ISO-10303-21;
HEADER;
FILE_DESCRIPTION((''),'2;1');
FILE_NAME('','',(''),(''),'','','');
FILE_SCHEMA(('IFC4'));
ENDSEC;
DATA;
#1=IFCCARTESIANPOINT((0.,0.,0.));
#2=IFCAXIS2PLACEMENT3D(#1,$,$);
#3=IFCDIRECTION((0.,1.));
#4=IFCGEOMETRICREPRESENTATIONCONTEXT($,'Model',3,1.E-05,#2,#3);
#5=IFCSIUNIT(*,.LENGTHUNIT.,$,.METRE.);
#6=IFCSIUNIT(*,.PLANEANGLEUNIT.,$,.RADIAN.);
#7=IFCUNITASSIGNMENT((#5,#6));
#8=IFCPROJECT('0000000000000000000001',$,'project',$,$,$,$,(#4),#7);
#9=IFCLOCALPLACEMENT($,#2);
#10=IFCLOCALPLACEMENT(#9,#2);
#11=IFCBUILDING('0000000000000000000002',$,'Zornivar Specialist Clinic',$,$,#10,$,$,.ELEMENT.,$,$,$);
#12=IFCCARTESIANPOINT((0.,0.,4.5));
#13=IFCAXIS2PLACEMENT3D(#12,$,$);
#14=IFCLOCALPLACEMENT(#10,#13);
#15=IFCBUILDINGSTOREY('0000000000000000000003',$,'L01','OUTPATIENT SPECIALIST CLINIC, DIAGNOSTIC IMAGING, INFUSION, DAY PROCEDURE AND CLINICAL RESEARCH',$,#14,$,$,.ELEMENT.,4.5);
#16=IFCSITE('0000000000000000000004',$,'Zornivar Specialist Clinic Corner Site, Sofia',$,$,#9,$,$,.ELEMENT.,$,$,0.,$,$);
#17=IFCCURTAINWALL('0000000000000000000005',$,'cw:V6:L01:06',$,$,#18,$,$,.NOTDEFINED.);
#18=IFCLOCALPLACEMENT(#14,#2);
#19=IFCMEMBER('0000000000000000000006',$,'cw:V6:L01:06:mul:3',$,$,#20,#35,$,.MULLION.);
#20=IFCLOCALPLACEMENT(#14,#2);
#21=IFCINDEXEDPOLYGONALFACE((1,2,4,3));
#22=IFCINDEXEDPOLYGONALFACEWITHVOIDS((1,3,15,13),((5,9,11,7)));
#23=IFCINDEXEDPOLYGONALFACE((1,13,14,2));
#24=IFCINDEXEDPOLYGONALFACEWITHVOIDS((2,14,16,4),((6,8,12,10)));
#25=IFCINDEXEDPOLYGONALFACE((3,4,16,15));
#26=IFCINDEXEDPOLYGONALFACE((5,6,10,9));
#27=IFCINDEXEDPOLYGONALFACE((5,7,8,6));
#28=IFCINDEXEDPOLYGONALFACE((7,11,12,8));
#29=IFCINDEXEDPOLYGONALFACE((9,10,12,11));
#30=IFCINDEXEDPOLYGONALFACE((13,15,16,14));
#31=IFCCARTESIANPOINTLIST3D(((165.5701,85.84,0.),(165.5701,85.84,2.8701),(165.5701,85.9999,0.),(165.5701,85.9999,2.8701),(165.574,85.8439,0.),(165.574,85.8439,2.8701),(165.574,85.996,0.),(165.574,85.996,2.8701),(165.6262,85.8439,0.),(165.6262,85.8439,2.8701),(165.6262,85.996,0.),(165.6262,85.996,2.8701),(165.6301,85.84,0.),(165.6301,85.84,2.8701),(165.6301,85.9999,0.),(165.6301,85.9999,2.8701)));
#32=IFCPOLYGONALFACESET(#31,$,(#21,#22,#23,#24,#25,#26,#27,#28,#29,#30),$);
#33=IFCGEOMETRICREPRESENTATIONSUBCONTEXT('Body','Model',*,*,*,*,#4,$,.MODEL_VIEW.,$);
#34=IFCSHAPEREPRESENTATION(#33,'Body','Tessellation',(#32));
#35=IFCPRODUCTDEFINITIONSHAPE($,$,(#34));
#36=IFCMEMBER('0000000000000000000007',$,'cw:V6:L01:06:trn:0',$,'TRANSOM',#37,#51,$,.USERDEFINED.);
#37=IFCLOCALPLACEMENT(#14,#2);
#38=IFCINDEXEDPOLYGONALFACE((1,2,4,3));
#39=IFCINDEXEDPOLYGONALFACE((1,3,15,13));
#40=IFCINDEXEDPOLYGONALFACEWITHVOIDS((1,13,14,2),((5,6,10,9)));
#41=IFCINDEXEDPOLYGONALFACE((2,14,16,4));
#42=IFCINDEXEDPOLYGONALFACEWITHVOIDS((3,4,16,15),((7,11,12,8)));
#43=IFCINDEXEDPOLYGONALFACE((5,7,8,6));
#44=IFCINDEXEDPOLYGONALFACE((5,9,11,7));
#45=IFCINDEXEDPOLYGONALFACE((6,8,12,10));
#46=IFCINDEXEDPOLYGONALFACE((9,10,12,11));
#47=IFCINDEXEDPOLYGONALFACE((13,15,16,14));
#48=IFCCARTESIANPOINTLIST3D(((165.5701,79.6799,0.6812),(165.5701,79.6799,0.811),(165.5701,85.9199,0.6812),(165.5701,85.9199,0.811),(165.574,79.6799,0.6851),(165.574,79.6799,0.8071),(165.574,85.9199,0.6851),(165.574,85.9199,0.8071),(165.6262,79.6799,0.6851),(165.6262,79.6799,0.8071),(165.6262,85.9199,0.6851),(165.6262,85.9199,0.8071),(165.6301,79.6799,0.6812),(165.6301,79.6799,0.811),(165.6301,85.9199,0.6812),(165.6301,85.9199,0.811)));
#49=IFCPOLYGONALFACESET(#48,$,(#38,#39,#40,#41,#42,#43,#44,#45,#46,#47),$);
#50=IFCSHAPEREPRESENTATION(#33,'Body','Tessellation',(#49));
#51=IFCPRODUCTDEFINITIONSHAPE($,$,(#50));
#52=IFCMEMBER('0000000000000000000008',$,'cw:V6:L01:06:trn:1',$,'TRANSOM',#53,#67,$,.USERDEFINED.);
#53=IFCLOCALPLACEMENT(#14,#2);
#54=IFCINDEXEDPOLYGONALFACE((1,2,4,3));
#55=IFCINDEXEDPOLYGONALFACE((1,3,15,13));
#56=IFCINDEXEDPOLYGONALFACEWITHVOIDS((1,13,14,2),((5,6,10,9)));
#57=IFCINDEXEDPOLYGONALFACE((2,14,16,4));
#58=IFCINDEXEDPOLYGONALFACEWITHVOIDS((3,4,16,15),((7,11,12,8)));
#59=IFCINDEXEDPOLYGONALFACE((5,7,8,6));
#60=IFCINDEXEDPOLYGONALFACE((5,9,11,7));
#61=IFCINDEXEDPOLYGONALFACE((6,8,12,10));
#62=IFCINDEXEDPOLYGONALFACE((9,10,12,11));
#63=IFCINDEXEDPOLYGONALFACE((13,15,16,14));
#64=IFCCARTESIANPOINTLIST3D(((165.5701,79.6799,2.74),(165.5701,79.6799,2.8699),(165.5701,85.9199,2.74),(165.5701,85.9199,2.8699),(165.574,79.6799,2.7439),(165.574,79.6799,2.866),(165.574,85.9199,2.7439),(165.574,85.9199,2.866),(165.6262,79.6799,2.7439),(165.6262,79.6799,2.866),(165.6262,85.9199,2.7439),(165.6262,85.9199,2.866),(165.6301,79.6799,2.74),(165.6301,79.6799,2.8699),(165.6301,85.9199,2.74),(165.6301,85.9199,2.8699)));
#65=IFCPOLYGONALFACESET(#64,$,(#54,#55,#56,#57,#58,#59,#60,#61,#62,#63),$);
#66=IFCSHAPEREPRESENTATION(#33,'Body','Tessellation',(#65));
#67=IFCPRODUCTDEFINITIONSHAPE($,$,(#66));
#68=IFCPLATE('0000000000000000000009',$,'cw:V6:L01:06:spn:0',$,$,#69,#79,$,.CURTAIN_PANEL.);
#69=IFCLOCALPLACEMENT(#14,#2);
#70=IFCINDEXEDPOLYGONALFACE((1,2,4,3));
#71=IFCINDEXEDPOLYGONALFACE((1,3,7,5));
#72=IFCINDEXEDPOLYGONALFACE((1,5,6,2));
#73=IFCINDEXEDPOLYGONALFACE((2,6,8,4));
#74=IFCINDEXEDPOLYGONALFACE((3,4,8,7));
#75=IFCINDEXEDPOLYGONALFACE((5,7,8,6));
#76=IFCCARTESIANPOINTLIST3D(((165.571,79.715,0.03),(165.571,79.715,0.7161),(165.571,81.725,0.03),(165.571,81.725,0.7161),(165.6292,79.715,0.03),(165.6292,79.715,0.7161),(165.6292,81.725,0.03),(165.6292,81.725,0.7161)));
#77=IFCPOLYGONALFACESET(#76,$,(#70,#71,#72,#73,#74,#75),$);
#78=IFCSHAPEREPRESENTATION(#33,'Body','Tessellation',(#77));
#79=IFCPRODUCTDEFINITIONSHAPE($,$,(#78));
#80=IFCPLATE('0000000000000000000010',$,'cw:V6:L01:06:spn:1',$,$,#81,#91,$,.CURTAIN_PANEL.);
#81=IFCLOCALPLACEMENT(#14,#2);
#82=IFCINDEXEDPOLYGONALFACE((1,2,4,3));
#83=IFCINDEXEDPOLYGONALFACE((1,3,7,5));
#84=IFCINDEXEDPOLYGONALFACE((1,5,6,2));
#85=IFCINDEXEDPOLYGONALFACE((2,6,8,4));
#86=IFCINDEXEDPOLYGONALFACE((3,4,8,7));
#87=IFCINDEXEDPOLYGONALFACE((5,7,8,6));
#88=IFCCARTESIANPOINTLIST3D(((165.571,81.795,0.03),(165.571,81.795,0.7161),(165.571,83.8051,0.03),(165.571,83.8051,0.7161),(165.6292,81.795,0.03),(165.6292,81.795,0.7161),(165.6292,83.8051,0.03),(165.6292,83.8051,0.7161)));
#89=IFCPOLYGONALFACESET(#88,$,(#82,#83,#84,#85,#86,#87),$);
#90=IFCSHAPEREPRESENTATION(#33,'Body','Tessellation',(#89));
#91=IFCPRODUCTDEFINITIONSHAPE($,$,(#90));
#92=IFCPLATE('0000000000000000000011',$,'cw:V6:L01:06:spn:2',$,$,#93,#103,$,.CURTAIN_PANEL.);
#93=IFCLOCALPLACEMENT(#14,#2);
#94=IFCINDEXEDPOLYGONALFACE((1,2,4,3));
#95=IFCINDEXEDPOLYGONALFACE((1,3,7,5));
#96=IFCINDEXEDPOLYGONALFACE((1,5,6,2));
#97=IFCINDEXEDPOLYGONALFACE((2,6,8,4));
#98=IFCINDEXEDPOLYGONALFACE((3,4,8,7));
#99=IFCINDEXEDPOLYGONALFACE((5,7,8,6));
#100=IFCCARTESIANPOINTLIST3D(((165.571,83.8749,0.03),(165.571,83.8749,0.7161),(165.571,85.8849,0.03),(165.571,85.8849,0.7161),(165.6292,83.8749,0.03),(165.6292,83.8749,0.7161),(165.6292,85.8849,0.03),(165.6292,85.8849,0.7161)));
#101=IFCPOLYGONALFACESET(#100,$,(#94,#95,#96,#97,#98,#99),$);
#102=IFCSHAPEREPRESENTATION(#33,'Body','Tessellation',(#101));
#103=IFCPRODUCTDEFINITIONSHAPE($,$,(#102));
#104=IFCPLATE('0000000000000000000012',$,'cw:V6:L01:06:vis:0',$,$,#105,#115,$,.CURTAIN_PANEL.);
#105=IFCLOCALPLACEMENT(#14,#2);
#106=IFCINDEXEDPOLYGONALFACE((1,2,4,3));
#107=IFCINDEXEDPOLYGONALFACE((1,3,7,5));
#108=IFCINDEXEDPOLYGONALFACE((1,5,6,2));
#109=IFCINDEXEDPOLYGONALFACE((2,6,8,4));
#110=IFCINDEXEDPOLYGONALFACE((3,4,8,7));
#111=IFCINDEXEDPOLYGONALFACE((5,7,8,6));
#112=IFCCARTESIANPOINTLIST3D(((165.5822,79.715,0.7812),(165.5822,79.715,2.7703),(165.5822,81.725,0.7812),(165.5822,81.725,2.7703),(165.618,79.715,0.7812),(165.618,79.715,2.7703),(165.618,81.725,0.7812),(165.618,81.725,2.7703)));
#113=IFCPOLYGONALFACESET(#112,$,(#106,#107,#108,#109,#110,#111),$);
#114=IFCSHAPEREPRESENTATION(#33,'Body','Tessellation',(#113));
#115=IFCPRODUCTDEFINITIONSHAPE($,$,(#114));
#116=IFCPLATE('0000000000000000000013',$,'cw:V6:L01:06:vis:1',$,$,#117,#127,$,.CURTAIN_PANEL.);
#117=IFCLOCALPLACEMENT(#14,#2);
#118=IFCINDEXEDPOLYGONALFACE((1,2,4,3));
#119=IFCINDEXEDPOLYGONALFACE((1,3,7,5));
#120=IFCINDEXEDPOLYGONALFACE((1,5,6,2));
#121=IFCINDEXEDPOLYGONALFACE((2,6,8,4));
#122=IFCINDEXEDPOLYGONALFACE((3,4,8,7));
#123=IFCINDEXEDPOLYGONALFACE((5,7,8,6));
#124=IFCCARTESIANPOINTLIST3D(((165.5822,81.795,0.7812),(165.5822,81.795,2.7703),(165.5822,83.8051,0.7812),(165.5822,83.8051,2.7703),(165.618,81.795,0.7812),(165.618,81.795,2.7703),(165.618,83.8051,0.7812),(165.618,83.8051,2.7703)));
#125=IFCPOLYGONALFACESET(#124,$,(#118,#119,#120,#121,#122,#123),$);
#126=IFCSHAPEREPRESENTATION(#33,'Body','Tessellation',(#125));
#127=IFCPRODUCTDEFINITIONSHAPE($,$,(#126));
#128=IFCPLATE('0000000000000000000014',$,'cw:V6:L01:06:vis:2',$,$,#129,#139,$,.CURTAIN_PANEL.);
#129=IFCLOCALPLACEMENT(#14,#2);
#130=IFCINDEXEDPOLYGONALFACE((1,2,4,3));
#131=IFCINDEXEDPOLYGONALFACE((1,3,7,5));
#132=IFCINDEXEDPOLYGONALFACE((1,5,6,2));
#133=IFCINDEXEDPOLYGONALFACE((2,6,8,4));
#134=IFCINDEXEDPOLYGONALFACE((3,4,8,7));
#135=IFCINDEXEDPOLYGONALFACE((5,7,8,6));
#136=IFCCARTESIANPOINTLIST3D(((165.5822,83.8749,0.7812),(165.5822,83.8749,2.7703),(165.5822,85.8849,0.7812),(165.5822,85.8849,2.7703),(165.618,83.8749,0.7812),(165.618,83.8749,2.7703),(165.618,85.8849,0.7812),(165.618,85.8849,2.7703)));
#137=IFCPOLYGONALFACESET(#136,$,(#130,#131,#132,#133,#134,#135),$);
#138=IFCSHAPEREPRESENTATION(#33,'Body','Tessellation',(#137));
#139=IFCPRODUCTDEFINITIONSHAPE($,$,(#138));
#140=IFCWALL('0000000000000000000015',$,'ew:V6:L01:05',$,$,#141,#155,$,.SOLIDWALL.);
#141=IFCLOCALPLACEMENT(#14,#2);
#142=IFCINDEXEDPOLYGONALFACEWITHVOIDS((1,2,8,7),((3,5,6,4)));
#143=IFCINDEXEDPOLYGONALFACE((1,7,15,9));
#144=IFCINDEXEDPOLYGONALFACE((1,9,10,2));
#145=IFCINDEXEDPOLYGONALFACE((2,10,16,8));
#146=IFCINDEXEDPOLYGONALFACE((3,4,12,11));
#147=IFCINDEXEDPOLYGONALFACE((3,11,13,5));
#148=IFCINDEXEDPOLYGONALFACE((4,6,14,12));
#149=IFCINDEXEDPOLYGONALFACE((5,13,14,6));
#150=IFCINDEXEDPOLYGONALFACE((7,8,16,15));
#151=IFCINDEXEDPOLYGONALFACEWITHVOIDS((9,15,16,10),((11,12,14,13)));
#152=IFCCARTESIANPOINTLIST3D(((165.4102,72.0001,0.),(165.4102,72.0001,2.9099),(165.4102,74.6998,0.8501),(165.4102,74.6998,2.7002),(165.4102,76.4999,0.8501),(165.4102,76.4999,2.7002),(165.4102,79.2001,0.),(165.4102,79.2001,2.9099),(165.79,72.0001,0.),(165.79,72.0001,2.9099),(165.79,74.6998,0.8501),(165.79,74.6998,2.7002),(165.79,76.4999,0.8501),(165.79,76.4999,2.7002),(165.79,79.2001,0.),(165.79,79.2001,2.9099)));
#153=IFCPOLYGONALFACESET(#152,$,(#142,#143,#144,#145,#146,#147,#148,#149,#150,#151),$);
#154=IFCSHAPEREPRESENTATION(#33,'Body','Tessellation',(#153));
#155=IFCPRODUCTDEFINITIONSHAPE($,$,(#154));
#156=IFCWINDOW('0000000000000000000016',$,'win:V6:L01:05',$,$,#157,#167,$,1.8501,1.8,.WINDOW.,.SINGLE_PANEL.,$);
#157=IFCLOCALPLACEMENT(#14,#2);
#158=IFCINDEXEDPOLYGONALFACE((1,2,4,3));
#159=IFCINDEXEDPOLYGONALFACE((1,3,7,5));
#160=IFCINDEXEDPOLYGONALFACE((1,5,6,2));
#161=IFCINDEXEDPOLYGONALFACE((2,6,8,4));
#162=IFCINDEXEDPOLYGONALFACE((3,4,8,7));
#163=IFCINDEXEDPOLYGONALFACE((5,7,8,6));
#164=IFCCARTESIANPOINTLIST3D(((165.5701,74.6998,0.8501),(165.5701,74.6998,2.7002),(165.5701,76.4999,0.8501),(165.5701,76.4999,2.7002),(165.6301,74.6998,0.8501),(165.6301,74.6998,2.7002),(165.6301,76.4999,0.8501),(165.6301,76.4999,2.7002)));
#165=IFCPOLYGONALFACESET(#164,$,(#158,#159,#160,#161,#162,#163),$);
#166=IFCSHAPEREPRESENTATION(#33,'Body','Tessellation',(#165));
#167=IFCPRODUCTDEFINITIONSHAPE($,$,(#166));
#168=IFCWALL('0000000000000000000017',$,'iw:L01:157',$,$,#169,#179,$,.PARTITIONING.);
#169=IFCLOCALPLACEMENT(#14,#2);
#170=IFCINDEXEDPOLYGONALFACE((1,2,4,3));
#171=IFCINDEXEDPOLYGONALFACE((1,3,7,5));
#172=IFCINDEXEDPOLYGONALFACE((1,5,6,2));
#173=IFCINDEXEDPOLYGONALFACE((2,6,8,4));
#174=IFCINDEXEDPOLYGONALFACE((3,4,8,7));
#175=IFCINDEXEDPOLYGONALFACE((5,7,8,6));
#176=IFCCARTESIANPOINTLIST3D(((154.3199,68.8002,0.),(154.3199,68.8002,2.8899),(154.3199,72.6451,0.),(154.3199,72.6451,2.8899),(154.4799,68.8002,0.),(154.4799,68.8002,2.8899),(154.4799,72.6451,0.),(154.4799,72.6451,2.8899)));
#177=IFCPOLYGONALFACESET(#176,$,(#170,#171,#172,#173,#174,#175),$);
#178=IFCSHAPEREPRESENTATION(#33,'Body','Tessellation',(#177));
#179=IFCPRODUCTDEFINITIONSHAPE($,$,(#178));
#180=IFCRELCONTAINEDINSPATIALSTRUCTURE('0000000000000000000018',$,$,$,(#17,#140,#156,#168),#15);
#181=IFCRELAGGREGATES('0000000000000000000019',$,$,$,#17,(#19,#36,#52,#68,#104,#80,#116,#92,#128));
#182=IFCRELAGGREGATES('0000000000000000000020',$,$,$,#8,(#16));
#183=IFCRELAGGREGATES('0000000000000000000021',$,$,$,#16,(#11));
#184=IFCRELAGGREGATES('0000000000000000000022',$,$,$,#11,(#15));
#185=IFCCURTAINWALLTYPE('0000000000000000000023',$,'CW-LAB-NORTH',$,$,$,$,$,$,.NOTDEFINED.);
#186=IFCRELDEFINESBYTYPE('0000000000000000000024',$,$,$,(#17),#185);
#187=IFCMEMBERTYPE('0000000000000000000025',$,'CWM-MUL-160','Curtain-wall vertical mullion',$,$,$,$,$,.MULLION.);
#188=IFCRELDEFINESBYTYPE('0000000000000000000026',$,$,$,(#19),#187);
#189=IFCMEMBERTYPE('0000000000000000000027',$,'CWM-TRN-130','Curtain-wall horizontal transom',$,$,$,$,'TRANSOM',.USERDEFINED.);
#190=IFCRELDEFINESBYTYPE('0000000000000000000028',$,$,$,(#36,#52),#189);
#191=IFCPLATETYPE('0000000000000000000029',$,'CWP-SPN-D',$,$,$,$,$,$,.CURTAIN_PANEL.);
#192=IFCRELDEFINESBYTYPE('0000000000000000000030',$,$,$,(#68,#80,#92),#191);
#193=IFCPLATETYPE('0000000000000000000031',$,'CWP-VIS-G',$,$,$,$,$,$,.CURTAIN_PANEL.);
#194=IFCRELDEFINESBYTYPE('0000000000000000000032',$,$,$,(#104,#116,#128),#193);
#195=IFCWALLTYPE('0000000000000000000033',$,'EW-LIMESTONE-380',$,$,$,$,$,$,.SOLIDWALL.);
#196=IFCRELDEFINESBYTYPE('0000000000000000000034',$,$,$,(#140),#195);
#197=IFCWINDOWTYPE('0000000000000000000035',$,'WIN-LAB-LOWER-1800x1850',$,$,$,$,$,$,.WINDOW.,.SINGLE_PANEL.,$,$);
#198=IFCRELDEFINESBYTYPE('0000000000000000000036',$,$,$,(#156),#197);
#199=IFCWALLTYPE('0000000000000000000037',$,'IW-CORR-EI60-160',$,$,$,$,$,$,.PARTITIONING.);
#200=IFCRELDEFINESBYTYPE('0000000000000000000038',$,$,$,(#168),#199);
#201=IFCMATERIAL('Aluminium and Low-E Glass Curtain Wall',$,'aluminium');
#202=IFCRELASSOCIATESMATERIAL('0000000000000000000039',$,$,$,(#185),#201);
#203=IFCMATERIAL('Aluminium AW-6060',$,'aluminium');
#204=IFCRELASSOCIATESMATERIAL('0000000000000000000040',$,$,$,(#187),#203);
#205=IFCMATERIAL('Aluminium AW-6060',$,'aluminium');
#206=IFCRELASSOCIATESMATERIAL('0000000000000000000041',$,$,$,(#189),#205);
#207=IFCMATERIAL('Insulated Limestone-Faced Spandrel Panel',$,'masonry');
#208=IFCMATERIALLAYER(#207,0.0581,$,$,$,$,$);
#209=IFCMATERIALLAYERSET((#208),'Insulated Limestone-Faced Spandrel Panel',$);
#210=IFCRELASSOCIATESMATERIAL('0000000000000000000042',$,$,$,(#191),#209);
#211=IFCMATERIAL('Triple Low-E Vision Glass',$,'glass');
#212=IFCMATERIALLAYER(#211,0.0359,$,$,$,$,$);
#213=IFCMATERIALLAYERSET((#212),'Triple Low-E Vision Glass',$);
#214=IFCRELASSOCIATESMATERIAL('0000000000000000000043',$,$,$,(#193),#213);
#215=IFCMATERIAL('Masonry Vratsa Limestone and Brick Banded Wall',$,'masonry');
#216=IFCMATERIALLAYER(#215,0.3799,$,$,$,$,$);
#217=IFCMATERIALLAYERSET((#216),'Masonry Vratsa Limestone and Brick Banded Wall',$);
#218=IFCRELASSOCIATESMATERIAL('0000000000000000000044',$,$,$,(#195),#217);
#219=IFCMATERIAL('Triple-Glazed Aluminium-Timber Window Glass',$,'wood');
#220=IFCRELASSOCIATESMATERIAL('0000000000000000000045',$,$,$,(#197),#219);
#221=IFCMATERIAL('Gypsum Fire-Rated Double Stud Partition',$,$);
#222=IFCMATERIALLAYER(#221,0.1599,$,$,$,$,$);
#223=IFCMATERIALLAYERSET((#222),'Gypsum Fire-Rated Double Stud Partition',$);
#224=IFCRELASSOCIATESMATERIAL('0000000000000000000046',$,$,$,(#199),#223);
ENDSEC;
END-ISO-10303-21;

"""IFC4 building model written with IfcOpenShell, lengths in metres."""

from ifc_helpers import new_model, si_unit, direction, frame, frame_2d, origin, origin_2d, place, context, subcontext, project, spatial, rectangle, hollow_rectangle, extrude, material, layer, layer_set, material_profile, profile_set, type_object, element, fill, aggregate, save


model = new_model("IFC4")

# Units and contexts
model_context = context("Model", 3, precision=1e-05, world=origin(), true_north=direction((0.0, 1.0)))
body_context = subcontext(model_context, "Body", "Model", "MODEL_VIEW")
ifc_project = project(units=[si_unit("LENGTHUNIT", "METRE"), si_unit("PLANEANGLEUNIT", "RADIAN")], contexts=[model_context])

# Site, building, storey
site_placement = place(None, origin())
site = spatial("IfcSite", under=ifc_project, at=site_placement, Name="Zornivar Specialist Clinic Corner Site, Sofia", CompositionType="ELEMENT", RefElevation=0.0)
building_placement = place(site_placement, origin())
building = spatial("IfcBuilding", under=site, at=building_placement, Name="Zornivar Specialist Clinic", CompositionType="ELEMENT")
storey_placement = place(building_placement, frame((0.0, 0.0, 4.5)))
storey = spatial("IfcBuildingStorey", under=building, at=storey_placement, Name="L01", Description="OUTPATIENT SPECIALIST CLINIC, DIAGNOSTIC IMAGING, INFUSION, DAY PROCEDURE AND CLINICAL RESEARCH", CompositionType="ELEMENT", Elevation=4.5)

# Curtain wall, members, plates
ifc_material_1 = material(Name="Aluminium and Low-E Glass Curtain Wall", Category="aluminium")
curtain_wall_type = type_object("IfcCurtainWallType", Name="CW-LAB-NORTH", PredefinedType="NOTDEFINED", material=ifc_material_1)
curtain_wall_placement = place(storey_placement, origin())
curtain_wall = element("IfcCurtainWall", 1, at=curtain_wall_placement, inside=storey, type_object=curtain_wall_type, Name="cw:V6:L01:06", PredefinedType="NOTDEFINED")
ifc_material_2 = material(Name="Aluminium AW-6060", Category="aluminium")
ifc_material_profile_1 = material_profile(ifc_material_2, hollow_rectangle(XDim=0.0601, YDim=0.1599, WallThickness=0.0039, at=origin_2d()), Name="ALU 60x160x4")
ifc_profile_set_1 = profile_set([ifc_material_profile_1], Name="Aluminium AW-6060")
member_type_1 = type_object("IfcMemberType", Name="CWM-MUL-160", Description="Curtain-wall vertical mullion", PredefinedType="MULLION", material=ifc_profile_set_1)
member_1_placement = place(storey_placement, frame((165.6001, 85.9199, 0.0), z_axis=(0.0, 0.0, 1.0), x_axis=(1.0, 0.0, 0.0)))
member_1 = element("IfcMember", 2, at=member_1_placement, type_object=member_type_1, Name="cw:V6:L01:06:mul:3", PredefinedType="MULLION", context=body_context, shape_type="SweptSolid", body=[
    extrude(hollow_rectangle(XDim=0.0601, YDim=0.1599, WallThickness=0.0039, at=origin_2d()), origin(), (0.0, 0.0, 1.0), 2.8701),
])
ifc_material_3 = material(Name="Aluminium AW-6060", Category="aluminium")
ifc_material_profile_2 = material_profile(ifc_material_3, hollow_rectangle(XDim=0.0601, YDim=0.1299, WallThickness=0.0039, at=origin_2d()), Name="ALU 60x130x4")
ifc_profile_set_2 = profile_set([ifc_material_profile_2], Name="Aluminium AW-6060")
member_type_2 = type_object("IfcMemberType", Name="CWM-TRN-130", Description="Curtain-wall horizontal transom", ElementType="TRANSOM", PredefinedType="USERDEFINED", material=ifc_profile_set_2)
member_2_placement = place(storey_placement, frame((165.6001, 79.6799, 0.7461), z_axis=(0.0, 1.0, 0.0), x_axis=(-1.0, 0.0, 0.0)))
member_2 = element("IfcMember", 3, at=member_2_placement, type_object=member_type_2, Name="cw:V6:L01:06:trn:0", ObjectType="TRANSOM", PredefinedType="USERDEFINED", context=body_context, shape_type="SweptSolid", body=[
    extrude(hollow_rectangle(XDim=0.0601, YDim=0.1299, WallThickness=0.0039, at=origin_2d()), origin(), (0.0, 0.0, 1.0), 6.24),
])
member_3_placement = place(storey_placement, frame((165.6001, 79.6799, 2.8049), z_axis=(0.0, 1.0, 0.0), x_axis=(-1.0, 0.0, 0.0)))
member_3 = element("IfcMember", 4, at=member_3_placement, type_object=member_type_2, Name="cw:V6:L01:06:trn:1", ObjectType="TRANSOM", PredefinedType="USERDEFINED", context=body_context, shape_type="SweptSolid", body=[
    extrude(hollow_rectangle(XDim=0.0601, YDim=0.1299, WallThickness=0.0039, at=origin_2d()), origin(), (0.0, 0.0, 1.0), 6.24),
])
ifc_material_4 = material(Name="Insulated Limestone-Faced Spandrel Panel", Category="masonry")
ifc_layer_1 = layer(ifc_material_4, 0.0581)
ifc_layer_set_1 = layer_set([ifc_layer_1], Name="Insulated Limestone-Faced Spandrel Panel")
plate_type_1 = type_object("IfcPlateType", Name="CWP-SPN-D", PredefinedType="CURTAIN_PANEL", material=ifc_layer_set_1)
plate_1_placement = place(storey_placement, frame((165.6001, 80.72, 0.03), z_axis=(0.0, 0.0, 1.0), x_axis=(0.0, 1.0, 0.0)))
plate_1 = element("IfcPlate", 5, at=plate_1_placement, type_object=plate_type_1, Name="cw:V6:L01:06:spn:0", PredefinedType="CURTAIN_PANEL", context=body_context, shape_type="SweptSolid", body=[
    extrude(rectangle(XDim=2.01, YDim=0.0581, at=origin_2d()), origin(), (0.0, 0.0, 1.0), 0.686),
])
plate_2_placement = place(storey_placement, frame((165.6001, 82.8, 0.03), z_axis=(0.0, 0.0, 1.0), x_axis=(0.0, 1.0, 0.0)))
plate_2 = element("IfcPlate", 6, at=plate_2_placement, type_object=plate_type_1, Name="cw:V6:L01:06:spn:1", PredefinedType="CURTAIN_PANEL", context=body_context, shape_type="SweptSolid", body=[
    extrude(rectangle(XDim=2.01, YDim=0.0581, at=origin_2d()), origin(), (0.0, 0.0, 1.0), 0.686),
])
plate_3_placement = place(storey_placement, frame((165.6001, 84.8799, 0.03), z_axis=(0.0, 0.0, 1.0), x_axis=(0.0, 1.0, 0.0)))
plate_3 = element("IfcPlate", 7, at=plate_3_placement, type_object=plate_type_1, Name="cw:V6:L01:06:spn:2", PredefinedType="CURTAIN_PANEL", context=body_context, shape_type="SweptSolid", body=[
    extrude(rectangle(XDim=2.01, YDim=0.0581, at=origin_2d()), origin(), (0.0, 0.0, 1.0), 0.686),
])
ifc_material_5 = material(Name="Triple Low-E Vision Glass", Category="glass")
ifc_layer_2 = layer(ifc_material_5, 0.0359)
ifc_layer_set_2 = layer_set([ifc_layer_2], Name="Triple Low-E Vision Glass")
plate_type_2 = type_object("IfcPlateType", Name="CWP-VIS-G", PredefinedType="CURTAIN_PANEL", material=ifc_layer_set_2)
plate_4_placement = place(storey_placement, frame((165.6001, 80.72, 0.7812), z_axis=(0.0, 0.0, 1.0), x_axis=(0.0, 1.0, 0.0)))
plate_4 = element("IfcPlate", 8, at=plate_4_placement, type_object=plate_type_2, Name="cw:V6:L01:06:vis:0", PredefinedType="CURTAIN_PANEL", context=body_context, shape_type="SweptSolid", body=[
    extrude(rectangle(XDim=2.01, YDim=0.0359, at=origin_2d()), origin(), (0.0, 0.0, 1.0), 1.989),
])
plate_5_placement = place(storey_placement, frame((165.6001, 82.8, 0.7812), z_axis=(0.0, 0.0, 1.0), x_axis=(0.0, 1.0, 0.0)))
plate_5 = element("IfcPlate", 9, at=plate_5_placement, type_object=plate_type_2, Name="cw:V6:L01:06:vis:1", PredefinedType="CURTAIN_PANEL", context=body_context, shape_type="SweptSolid", body=[
    extrude(rectangle(XDim=2.01, YDim=0.0359, at=origin_2d()), origin(), (0.0, 0.0, 1.0), 1.989),
])
plate_6_placement = place(storey_placement, frame((165.6001, 84.8799, 0.7812), z_axis=(0.0, 0.0, 1.0), x_axis=(0.0, 1.0, 0.0)))
plate_6 = element("IfcPlate", 10, at=plate_6_placement, type_object=plate_type_2, Name="cw:V6:L01:06:vis:2", PredefinedType="CURTAIN_PANEL", context=body_context, shape_type="SweptSolid", body=[
    extrude(rectangle(XDim=2.01, YDim=0.0359, at=origin_2d()), origin(), (0.0, 0.0, 1.0), 1.989),
])
aggregate(curtain_wall, [member_1, member_2, member_3, plate_1, plate_4, plate_2, plate_5, plate_3, plate_6])

# Wall, opening, window
ifc_material_6 = material(Name="Masonry Vratsa Limestone and Brick Banded Wall", Category="masonry")
ifc_layer_3 = layer(ifc_material_6, 0.3799)
ifc_layer_set_3 = layer_set([ifc_layer_3], Name="Masonry Vratsa Limestone and Brick Banded Wall")
wall_type_1 = type_object("IfcWallType", Name="EW-LIMESTONE-380", PredefinedType="SOLIDWALL", material=ifc_layer_set_3)
wall_1_placement = place(storey_placement, frame((165.6001, 72.0, 0.0), z_axis=(0.0, 0.0, 1.0), x_axis=(0.0, 1.0, 0.0)))
wall_1 = element("IfcWall", 11, at=wall_1_placement, inside=storey, type_object=wall_type_1, Name="ew:V6:L01:05", PredefinedType="SOLIDWALL", context=body_context, shape_type="SweptSolid", body=[
    extrude(rectangle(XDim=7.2, YDim=0.3799, at=frame_2d((3.6001, 0.0))), origin(), (0.0, 0.0, 1.0), 2.9099),
])
opening_1_placement = place(wall_1_placement, frame((2.7, 0.0, 0.8501)))
opening_1 = element("IfcOpeningElement", 12, at=opening_1_placement, cuts=wall_1, PredefinedType="OPENING", context=body_context, shape_type="SweptSolid", body=[
    extrude(rectangle(XDim=1.8, YDim=1.8501, at=frame_2d((0.8999, 0.925))), frame((0.0, 0.2, 0.0), z_axis=(0.0, -1.0, 0.0), x_axis=(1.0, 0.0, 0.0)), (0.0, 0.0, 1.0), 0.3999),
])
ifc_material_7 = material(Name="Triple-Glazed Aluminium-Timber Window Glass", Category="wood")
window_type = type_object("IfcWindowType", Name="WIN-LAB-LOWER-1800x1850", PartitioningType="SINGLE_PANEL", PredefinedType="WINDOW", material=ifc_material_7)
window_placement = place(opening_1_placement, origin())
window = element("IfcWindow", 13, at=window_placement, inside=storey, type_object=window_type, Name="win:V6:L01:05", OverallHeight=1.8501, OverallWidth=1.8, PartitioningType="SINGLE_PANEL", PredefinedType="WINDOW", context=body_context, shape_type="SweptSolid", body=[
    extrude(rectangle(XDim=1.8, YDim=1.8501, at=frame_2d((0.8999, 0.925))), frame((0.0, 0.03, 0.0), z_axis=(0.0, -1.0, 0.0), x_axis=(1.0, 0.0, 0.0)), (0.0, 0.0, 1.0), 0.0601),
])
fill(opening_1, window)

# Wall
ifc_material_8 = material(Name="Gypsum Fire-Rated Double Stud Partition")
ifc_layer_4 = layer(ifc_material_8, 0.1599)
ifc_layer_set_4 = layer_set([ifc_layer_4], Name="Gypsum Fire-Rated Double Stud Partition")
wall_type_2 = type_object("IfcWallType", Name="IW-CORR-EI60-160", PredefinedType="PARTITIONING", material=ifc_layer_set_4)
wall_2_placement = place(storey_placement, frame((154.3999, 72.645, 0.0), z_axis=(0.0, 0.0, 1.0), x_axis=(0.0, -1.0, 0.0)))
element("IfcWall", 14, at=wall_2_placement, inside=storey, type_object=wall_type_2, Name="iw:L01:157", PredefinedType="PARTITIONING", context=body_context, shape_type="SweptSolid", body=[
    extrude(rectangle(XDim=3.845, YDim=0.1599, at=frame_2d((1.9224, 0.0))), origin(), (0.0, 0.0, 1.0), 2.8899),
])

save(model, "model.ifc")
